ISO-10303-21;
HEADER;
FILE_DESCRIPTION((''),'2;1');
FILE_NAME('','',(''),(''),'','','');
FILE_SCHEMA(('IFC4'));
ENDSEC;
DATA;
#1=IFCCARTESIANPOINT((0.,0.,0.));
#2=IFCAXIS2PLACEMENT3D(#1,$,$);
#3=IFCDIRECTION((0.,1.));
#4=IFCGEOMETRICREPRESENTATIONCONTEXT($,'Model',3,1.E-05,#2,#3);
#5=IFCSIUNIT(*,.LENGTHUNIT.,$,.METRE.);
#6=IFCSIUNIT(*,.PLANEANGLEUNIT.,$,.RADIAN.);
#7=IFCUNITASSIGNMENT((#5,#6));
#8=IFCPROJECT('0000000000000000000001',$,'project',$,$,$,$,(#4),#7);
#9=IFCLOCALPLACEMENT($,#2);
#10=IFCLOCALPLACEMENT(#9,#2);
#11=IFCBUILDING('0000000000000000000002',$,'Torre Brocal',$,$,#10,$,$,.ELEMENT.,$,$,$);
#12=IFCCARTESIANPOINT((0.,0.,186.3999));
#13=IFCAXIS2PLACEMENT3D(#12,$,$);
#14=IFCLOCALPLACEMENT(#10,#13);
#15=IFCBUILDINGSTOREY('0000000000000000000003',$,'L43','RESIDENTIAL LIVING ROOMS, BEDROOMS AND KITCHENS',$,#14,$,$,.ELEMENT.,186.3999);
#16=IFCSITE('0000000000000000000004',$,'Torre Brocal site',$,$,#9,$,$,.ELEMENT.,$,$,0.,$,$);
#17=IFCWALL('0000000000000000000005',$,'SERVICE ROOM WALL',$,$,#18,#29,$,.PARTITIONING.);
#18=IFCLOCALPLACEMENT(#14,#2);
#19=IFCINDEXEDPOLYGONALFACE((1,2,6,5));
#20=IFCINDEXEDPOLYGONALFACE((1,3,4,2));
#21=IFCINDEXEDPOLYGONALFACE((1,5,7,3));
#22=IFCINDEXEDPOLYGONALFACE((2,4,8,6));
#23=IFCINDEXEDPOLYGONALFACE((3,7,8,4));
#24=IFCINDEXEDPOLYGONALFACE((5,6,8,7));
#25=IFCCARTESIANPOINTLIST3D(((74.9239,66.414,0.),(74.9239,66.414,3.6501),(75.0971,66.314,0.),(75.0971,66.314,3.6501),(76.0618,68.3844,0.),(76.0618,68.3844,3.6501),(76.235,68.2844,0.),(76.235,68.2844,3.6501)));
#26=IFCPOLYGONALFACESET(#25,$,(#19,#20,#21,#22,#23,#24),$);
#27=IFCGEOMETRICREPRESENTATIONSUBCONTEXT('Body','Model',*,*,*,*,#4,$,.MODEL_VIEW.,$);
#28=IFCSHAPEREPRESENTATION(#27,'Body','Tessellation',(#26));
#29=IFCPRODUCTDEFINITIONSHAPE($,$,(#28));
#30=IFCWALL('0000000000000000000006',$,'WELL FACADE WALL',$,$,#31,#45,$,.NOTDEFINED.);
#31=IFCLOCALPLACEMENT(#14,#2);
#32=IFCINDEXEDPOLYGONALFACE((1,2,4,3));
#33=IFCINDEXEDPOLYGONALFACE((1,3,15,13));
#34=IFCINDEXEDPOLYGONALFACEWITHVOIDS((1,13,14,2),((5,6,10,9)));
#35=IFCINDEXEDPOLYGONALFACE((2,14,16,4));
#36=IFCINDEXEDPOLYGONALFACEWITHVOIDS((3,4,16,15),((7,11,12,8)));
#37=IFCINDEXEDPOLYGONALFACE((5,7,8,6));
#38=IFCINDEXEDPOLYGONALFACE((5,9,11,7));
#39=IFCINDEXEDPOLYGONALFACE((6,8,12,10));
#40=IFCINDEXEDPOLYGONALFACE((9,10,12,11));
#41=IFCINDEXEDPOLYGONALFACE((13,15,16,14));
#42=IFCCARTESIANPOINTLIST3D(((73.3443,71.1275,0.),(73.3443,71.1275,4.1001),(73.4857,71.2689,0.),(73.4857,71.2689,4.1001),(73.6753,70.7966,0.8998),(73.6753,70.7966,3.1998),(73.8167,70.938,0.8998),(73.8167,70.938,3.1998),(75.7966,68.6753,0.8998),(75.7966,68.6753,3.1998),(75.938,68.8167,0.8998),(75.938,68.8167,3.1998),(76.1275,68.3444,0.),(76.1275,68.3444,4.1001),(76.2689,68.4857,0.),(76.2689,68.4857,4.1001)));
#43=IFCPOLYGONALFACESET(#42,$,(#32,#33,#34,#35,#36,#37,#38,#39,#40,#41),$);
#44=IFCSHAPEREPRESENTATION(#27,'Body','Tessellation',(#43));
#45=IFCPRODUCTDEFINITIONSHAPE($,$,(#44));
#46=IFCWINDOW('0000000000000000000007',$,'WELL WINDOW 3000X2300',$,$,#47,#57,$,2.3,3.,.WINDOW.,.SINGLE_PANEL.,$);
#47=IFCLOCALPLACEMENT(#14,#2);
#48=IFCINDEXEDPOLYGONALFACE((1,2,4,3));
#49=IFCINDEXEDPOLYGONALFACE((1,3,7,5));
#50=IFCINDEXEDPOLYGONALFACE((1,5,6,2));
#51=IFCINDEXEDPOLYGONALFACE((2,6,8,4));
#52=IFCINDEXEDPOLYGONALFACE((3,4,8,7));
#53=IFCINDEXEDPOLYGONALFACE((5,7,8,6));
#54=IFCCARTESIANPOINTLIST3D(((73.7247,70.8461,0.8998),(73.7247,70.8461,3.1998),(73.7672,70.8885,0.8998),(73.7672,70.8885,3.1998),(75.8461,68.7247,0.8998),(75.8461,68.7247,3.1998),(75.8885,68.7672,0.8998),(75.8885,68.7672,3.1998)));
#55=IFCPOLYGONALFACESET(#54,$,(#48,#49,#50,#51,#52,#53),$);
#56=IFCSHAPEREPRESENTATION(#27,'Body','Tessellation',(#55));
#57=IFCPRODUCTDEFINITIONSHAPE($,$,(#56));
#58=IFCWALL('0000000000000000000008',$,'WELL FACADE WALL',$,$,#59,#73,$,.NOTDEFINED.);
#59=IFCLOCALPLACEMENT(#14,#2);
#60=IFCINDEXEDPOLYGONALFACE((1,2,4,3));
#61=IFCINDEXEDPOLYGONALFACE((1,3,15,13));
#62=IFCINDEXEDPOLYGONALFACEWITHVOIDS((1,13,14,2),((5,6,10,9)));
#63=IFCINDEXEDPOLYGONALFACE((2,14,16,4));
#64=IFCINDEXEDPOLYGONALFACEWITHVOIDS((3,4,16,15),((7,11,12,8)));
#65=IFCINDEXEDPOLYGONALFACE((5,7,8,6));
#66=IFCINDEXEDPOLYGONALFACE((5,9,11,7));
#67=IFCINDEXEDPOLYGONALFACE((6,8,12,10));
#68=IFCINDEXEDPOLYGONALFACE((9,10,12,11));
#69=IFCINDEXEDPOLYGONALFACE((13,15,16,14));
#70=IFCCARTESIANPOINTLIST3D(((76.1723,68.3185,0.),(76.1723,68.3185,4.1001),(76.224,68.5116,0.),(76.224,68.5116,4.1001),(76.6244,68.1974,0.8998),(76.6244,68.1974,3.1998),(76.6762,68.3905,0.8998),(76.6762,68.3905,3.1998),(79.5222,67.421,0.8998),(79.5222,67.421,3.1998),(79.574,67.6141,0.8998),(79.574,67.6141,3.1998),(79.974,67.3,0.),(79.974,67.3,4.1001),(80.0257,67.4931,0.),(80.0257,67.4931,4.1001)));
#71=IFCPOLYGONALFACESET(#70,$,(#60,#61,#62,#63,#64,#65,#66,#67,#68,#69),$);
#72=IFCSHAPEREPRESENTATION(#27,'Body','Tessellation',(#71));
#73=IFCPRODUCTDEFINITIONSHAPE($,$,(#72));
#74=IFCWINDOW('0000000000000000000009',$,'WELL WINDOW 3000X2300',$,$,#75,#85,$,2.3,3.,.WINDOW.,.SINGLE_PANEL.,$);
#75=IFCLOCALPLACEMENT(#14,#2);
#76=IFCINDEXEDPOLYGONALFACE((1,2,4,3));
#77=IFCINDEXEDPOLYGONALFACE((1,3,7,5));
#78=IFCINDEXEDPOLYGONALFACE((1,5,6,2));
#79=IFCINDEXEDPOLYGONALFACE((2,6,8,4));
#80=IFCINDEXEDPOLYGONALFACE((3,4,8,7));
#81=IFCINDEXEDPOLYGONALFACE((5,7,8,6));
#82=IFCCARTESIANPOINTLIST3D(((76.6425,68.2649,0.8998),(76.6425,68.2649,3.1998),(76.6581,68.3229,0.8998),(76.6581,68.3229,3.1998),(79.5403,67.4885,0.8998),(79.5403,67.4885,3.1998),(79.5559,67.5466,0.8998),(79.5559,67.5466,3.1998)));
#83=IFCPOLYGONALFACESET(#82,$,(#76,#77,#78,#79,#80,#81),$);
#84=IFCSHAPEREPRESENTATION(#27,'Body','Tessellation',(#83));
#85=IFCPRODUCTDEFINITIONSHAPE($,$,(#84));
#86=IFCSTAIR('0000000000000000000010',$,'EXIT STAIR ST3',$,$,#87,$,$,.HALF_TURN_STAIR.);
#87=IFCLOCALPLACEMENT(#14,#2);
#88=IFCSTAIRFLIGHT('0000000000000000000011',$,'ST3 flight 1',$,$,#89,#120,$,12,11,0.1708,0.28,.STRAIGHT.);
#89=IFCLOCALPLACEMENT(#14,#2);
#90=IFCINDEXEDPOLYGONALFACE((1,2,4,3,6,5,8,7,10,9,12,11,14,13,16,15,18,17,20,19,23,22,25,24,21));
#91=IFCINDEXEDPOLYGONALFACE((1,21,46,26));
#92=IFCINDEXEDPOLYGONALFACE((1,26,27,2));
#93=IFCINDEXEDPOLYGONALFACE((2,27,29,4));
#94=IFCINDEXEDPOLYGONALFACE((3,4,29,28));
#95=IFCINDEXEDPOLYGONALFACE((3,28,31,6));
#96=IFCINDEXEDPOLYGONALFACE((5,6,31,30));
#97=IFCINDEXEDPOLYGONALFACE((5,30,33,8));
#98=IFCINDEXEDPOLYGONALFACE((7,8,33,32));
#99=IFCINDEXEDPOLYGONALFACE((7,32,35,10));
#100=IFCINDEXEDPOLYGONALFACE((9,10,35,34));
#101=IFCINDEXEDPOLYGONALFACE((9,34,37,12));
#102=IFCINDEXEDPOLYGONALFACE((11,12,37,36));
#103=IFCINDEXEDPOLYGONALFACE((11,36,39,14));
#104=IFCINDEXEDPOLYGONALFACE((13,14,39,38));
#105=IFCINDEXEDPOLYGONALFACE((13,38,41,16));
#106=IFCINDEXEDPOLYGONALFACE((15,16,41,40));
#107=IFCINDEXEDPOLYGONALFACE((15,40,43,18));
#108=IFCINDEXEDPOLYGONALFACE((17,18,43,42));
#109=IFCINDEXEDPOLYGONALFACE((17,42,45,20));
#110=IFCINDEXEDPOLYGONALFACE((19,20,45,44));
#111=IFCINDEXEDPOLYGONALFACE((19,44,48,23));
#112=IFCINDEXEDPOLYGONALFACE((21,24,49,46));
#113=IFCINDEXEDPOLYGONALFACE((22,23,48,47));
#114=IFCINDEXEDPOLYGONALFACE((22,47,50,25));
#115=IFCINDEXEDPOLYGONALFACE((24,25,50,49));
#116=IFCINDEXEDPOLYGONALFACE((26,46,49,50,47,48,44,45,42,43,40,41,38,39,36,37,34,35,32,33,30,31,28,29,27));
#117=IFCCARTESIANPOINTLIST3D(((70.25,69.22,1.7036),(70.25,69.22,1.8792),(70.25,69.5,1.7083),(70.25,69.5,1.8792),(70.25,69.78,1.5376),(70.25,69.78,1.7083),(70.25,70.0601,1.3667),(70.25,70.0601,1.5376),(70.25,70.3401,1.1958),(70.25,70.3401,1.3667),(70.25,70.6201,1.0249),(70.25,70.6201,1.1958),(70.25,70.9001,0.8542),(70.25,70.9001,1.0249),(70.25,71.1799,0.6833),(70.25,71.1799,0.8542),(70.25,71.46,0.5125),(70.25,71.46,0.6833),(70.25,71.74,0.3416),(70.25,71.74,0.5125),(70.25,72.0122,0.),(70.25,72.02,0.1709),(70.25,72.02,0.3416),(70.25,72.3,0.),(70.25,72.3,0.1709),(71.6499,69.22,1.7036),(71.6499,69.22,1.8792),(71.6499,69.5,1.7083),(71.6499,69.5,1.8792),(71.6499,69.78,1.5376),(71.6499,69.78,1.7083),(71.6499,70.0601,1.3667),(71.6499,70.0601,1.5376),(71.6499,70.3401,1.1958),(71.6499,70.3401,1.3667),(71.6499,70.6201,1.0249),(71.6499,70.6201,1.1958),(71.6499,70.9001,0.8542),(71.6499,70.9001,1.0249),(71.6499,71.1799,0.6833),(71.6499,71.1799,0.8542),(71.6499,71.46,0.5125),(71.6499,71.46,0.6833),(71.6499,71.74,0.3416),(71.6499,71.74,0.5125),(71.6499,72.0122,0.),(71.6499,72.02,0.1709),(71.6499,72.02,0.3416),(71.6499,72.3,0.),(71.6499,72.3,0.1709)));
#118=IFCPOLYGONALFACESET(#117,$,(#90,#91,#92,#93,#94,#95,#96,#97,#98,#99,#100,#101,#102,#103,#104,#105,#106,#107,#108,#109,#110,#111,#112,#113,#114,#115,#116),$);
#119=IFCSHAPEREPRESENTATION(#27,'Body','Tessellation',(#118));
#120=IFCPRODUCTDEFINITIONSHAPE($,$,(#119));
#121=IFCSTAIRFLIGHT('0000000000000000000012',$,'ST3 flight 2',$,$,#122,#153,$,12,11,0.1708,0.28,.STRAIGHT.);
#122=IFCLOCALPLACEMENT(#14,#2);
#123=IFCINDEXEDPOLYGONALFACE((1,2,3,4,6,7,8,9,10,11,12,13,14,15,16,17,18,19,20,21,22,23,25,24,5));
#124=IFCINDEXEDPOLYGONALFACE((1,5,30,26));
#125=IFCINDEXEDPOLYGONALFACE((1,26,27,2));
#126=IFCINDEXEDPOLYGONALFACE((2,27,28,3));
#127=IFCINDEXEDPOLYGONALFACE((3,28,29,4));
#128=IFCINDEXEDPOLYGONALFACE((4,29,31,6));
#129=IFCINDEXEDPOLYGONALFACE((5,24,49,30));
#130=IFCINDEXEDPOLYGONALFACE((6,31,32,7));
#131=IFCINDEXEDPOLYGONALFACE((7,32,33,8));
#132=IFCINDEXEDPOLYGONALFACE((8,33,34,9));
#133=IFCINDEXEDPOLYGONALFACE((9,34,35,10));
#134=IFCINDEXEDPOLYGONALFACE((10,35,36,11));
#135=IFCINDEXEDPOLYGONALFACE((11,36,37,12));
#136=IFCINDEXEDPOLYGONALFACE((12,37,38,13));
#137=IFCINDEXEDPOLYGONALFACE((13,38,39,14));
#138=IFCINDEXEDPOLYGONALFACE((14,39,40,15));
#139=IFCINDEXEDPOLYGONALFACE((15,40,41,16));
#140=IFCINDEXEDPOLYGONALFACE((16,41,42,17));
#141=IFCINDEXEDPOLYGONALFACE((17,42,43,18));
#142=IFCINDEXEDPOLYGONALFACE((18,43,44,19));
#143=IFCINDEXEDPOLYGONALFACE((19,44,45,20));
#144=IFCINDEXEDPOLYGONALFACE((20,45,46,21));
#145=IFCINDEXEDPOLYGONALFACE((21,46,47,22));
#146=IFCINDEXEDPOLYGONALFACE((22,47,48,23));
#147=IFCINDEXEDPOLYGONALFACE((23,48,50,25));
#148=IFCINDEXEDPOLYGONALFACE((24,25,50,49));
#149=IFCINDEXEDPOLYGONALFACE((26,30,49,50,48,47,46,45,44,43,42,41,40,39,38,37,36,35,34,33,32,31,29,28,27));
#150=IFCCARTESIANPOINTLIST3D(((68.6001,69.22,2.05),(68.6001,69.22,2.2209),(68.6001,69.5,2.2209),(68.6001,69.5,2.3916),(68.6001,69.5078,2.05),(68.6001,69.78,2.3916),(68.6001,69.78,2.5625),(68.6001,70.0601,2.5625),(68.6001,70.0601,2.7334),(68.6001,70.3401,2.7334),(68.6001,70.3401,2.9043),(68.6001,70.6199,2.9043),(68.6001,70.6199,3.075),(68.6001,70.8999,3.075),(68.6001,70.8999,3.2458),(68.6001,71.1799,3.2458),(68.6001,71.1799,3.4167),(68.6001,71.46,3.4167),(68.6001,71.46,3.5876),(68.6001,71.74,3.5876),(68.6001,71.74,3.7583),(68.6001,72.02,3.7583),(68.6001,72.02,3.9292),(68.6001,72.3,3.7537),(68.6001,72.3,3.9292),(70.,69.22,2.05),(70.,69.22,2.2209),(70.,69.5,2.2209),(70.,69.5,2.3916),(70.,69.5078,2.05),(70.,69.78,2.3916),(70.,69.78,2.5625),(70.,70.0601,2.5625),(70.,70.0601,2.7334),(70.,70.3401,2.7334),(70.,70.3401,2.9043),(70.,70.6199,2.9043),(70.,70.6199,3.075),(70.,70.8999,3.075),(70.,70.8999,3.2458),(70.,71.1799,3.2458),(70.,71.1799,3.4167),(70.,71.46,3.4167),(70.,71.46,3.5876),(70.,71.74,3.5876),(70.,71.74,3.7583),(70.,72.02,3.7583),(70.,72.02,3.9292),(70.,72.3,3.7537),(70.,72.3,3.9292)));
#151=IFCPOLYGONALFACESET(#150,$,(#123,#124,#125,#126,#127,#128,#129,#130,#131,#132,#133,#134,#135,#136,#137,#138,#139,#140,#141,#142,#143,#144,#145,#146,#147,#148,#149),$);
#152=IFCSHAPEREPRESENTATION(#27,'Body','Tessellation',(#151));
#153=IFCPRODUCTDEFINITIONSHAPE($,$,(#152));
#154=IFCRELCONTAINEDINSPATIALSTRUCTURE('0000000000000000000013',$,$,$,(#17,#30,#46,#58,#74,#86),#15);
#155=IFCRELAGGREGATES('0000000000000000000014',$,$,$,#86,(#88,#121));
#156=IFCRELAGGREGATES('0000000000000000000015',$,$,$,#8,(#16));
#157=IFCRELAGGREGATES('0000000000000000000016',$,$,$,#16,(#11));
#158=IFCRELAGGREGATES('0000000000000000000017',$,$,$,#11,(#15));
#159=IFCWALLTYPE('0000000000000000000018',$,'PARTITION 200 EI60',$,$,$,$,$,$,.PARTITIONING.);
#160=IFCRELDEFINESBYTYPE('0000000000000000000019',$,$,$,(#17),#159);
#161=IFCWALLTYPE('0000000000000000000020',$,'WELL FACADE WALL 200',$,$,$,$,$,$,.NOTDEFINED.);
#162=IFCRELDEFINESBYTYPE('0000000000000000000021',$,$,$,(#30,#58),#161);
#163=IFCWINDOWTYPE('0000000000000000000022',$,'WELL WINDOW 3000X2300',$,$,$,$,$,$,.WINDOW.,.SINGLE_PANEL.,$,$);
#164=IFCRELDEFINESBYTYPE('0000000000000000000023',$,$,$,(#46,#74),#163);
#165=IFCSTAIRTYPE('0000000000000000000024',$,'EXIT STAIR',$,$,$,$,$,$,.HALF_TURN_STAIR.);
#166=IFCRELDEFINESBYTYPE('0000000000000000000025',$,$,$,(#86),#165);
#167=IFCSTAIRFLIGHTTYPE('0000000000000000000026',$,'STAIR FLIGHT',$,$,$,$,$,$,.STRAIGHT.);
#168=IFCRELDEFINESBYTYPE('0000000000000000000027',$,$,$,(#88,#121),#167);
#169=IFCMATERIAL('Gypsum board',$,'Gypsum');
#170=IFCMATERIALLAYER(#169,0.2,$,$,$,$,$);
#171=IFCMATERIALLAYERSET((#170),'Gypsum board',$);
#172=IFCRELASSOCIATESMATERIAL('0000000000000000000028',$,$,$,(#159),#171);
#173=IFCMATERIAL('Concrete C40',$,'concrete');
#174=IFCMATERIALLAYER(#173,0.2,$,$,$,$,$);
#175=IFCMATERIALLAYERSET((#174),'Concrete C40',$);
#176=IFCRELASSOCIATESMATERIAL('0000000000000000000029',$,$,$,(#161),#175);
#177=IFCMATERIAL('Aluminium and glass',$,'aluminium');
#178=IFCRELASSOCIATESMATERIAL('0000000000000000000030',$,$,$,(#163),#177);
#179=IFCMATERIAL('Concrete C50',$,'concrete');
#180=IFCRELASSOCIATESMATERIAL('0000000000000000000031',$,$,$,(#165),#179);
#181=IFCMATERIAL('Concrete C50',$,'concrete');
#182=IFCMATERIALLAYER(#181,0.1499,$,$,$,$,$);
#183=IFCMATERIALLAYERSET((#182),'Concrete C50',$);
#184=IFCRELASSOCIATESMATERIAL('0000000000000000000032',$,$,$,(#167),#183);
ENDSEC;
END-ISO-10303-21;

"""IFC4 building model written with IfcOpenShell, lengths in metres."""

from ifc_helpers import new_model, si_unit, direction, frame, frame_2d, origin, place, context, subcontext, project, spatial, polyline, rectangle, outline, extrude, material, layer, layer_set, type_object, element, fill, aggregate, save


model = new_model("IFC4")

# Units and contexts
model_context = context("Model", 3, precision=1e-05, world=origin(), true_north=direction((0.0, 1.0)))
body_context = subcontext(model_context, "Body", "Model", "MODEL_VIEW")
ifc_project = project(units=[si_unit("LENGTHUNIT", "METRE"), si_unit("PLANEANGLEUNIT", "RADIAN")], contexts=[model_context])

# Site, building, storey
site_placement = place(None, origin())
site = spatial("IfcSite", under=ifc_project, at=site_placement, Name="Torre Brocal site", CompositionType="ELEMENT", RefElevation=0.0)
building_placement = place(site_placement, origin())
building = spatial("IfcBuilding", under=site, at=building_placement, Name="Torre Brocal", CompositionType="ELEMENT")
storey_placement = place(building_placement, frame((0.0, 0.0, 186.3999)))
storey = spatial("IfcBuildingStorey", under=building, at=storey_placement, Name="L43", Description="RESIDENTIAL LIVING ROOMS, BEDROOMS AND KITCHENS", CompositionType="ELEMENT", Elevation=186.3999)

# Shared definitions
ifc_material_1 = material(Name="Gypsum board", Category="Gypsum")
ifc_layer_1 = layer(ifc_material_1, 0.2)
ifc_layer_set_1 = layer_set([ifc_layer_1], Name="Gypsum board")
wall_type_1 = type_object("IfcWallType", Name="PARTITION 200 EI60", PredefinedType="PARTITIONING", material=ifc_layer_set_1)

# Wall
wall_1_placement = place(storey_placement, frame((75.0105, 66.364, 0.0), z_axis=(0.0, 0.0, 1.0), x_axis=(0.500097, 0.865969, 0.0)))
element("IfcWall", 1, at=wall_1_placement, inside=storey, type_object=wall_type_1, Name="SERVICE ROOM WALL", PredefinedType="PARTITIONING", context=body_context, shape_type="SweptSolid", body=[
    extrude(rectangle(XDim=2.2754, YDim=0.2, at=frame_2d((1.1377, 0.0))), origin(), (0.0, 0.0, 1.0), 3.6501),
])

# Walls, openings, windows
ifc_material_2 = material(Name="Concrete C40", Category="concrete")
ifc_layer_2 = layer(ifc_material_2, 0.2)
ifc_layer_set_2 = layer_set([ifc_layer_2], Name="Concrete C40")
wall_type_2 = type_object("IfcWallType", Name="WELL FACADE WALL 200", PredefinedType="NOTDEFINED", material=ifc_layer_set_2)
wall_2_placement = place(storey_placement, frame((73.415, 71.1982, 0.0), z_axis=(0.0, 0.0, 1.0), x_axis=(0.707107, -0.707107, 0.0)))
wall_2 = element("IfcWall", 2, at=wall_2_placement, inside=storey, type_object=wall_type_2, Name="WELL FACADE WALL", PredefinedType="NOTDEFINED", context=body_context, shape_type="SweptSolid", body=[
    extrude(rectangle(XDim=3.936, YDim=0.2, at=frame_2d((1.968, 0.0))), origin(), (0.0, 0.0, 1.0), 4.1001),
])
opening_1_placement = place(wall_2_placement, frame((0.468, 0.0, 0.8999)))
opening_1 = element("IfcOpeningElement", 3, at=opening_1_placement, cuts=wall_2, PredefinedType="OPENING", context=body_context, shape_type="SweptSolid", body=[
    extrude(rectangle(XDim=3.0, YDim=2.3, at=frame_2d((1.5, 1.1499))), frame((0.0, 0.1099, 0.0), z_axis=(0.0, -1.0, 0.0), x_axis=(1.0, 0.0, 0.0)), (0.0, 0.0, 1.0), 0.22),
])
ifc_material_3 = material(Name="Aluminium and glass", Category="aluminium")
window_type = type_object("IfcWindowType", Name="WELL WINDOW 3000X2300", PartitioningType="SINGLE_PANEL", PredefinedType="WINDOW", material=ifc_material_3)
window_1_placement = place(opening_1_placement, origin())
window_1 = element("IfcWindow", 4, at=window_1_placement, inside=storey, type_object=window_type, Name="WELL WINDOW 3000X2300", OverallHeight=2.3, OverallWidth=3.0, PartitioningType="SINGLE_PANEL", PredefinedType="WINDOW", context=body_context, shape_type="SweptSolid", body=[
    extrude(rectangle(XDim=3.0, YDim=2.3, at=frame_2d((1.5, 1.1499))), frame((0.0, 0.03, 0.0), z_axis=(0.0, -1.0, 0.0), x_axis=(1.0, 0.0, 0.0)), (0.0, 0.0, 1.0), 0.0601),
])
fill(opening_1, window_1)
wall_3_placement = place(storey_placement, frame((76.1982, 68.415, 0.0), z_axis=(0.0, 0.0, 1.0), x_axis=(0.965934, -0.25879, 0.0)))
wall_3 = element("IfcWall", 5, at=wall_3_placement, inside=storey, type_object=wall_type_2, Name="WELL FACADE WALL", PredefinedType="NOTDEFINED", context=body_context, shape_type="SweptSolid", body=[
    extrude(rectangle(XDim=3.9358, YDim=0.2, at=frame_2d((1.9678, 0.0))), origin(), (0.0, 0.0, 1.0), 4.1001),
])
opening_2_placement = place(wall_3_placement, frame((0.468, 0.0, 0.8999)))
opening_2 = element("IfcOpeningElement", 6, at=opening_2_placement, cuts=wall_3, PredefinedType="OPENING", context=body_context, shape_type="SweptSolid", body=[
    extrude(rectangle(XDim=3.0, YDim=2.3, at=frame_2d((1.5, 1.1499))), frame((0.0, 0.1099, 0.0), z_axis=(0.0, -1.0, 0.0), x_axis=(1.0, 0.0, 0.0)), (0.0, 0.0, 1.0), 0.22),
])
window_2_placement = place(opening_2_placement, origin())
window_2 = element("IfcWindow", 7, at=window_2_placement, inside=storey, type_object=window_type, Name="WELL WINDOW 3000X2300", OverallHeight=2.3, OverallWidth=3.0, PartitioningType="SINGLE_PANEL", PredefinedType="WINDOW", context=body_context, shape_type="SweptSolid", body=[
    extrude(rectangle(XDim=3.0, YDim=2.3, at=frame_2d((1.5, 1.1499))), frame((0.0, 0.03, 0.0), z_axis=(0.0, -1.0, 0.0), x_axis=(1.0, 0.0, 0.0)), (0.0, 0.0, 1.0), 0.0601),
])
fill(opening_2, window_2)

# Stair, stair flights
ifc_material_4 = material(Name="Concrete C50", Category="concrete")
stair_type = type_object("IfcStairType", Name="EXIT STAIR", PredefinedType="HALF_TURN_STAIR", material=ifc_material_4)
stair_placement = place(storey_placement, origin())
stair = element("IfcStair", 8, at=stair_placement, inside=storey, type_object=stair_type, Name="EXIT STAIR ST3", PredefinedType="HALF_TURN_STAIR")
ifc_material_5 = material(Name="Concrete C50", Category="concrete")
ifc_layer_3 = layer(ifc_material_5, 0.1499)
ifc_layer_set_3 = layer_set([ifc_layer_3], Name="Concrete C50")
stair_flight_type = type_object("IfcStairFlightType", Name="STAIR FLIGHT", PredefinedType="STRAIGHT", material=ifc_layer_set_3)
stair_flight_1_placement = place(storey_placement, frame((70.95, 72.3, 0.0), z_axis=(0.0, 0.0, 1.0), x_axis=(0.0, -1.0, 0.0)))
stair_flight_1 = element("IfcStairFlight", 9, at=stair_flight_1_placement, type_object=stair_flight_type, Name="ST3 flight 1", NumberOfRisers=12, NumberOfTreads=11, PredefinedType="STRAIGHT", RiserHeight=0.1708, TreadLength=0.28, context=body_context, shape_type="SweptSolid", body=[
    extrude(outline(polyline([(0.0, 0.0), (0.0, 0.1709), (0.28, 0.1709), (0.28, 0.3416), (0.5601, 0.3416), (0.5601, 0.5125), (0.8401, 0.5125), (0.8401, 0.6833), (1.1201, 0.6833), (1.1201, 0.8542), (1.3999, 0.8542), (1.3999, 1.0249), (1.6799, 1.0249), (1.6799, 1.1958), (1.96, 1.1958), (1.96, 1.3667), (2.24, 1.3667), (2.24, 1.5376), (2.52, 1.5376), (2.52, 1.7083), (2.8, 1.7083), (2.8, 1.8792), (3.0801, 1.8792), (3.0801, 2.05), (3.0801, 1.7036), (0.2878, 0.0), (0.0, 0.0)])), frame((0.0, 0.7, 0.0), z_axis=(0.0, -1.0, 0.0), x_axis=(1.0, 0.0, 0.0)), (0.0, 0.0, 1.0), 1.3999),
])
stair_flight_2_placement = place(storey_placement, frame((69.3, 69.22, 2.05), z_axis=(0.0, 0.0, 1.0), x_axis=(0.0, 1.0, 0.0)))
stair_flight_2 = element("IfcStairFlight", 10, at=stair_flight_2_placement, type_object=stair_flight_type, Name="ST3 flight 2", NumberOfRisers=12, NumberOfTreads=11, PredefinedType="STRAIGHT", RiserHeight=0.1708, TreadLength=0.28, context=body_context, shape_type="SweptSolid", body=[
    extrude(outline(polyline([(0.0, 0.0), (0.0, 0.1709), (0.28, 0.1709), (0.28, 0.3416), (0.5601, 0.3416), (0.5601, 0.5125), (0.8401, 0.5125), (0.8401, 0.6833), (1.1201, 0.6833), (1.1201, 0.8542), (1.3999, 0.8542), (1.3999, 1.0249), (1.6799, 1.0249), (1.6799, 1.1958), (1.96, 1.1958), (1.96, 1.3667), (2.24, 1.3667), (2.24, 1.5376), (2.52, 1.5376), (2.52, 1.7083), (2.8, 1.7083), (2.8, 1.8792), (3.0801, 1.8792), (3.0801, 2.05), (3.0801, 1.7036), (0.2878, 0.0), (0.0, 0.0)])), frame((0.0, 0.7, 0.0), z_axis=(0.0, -1.0, 0.0), x_axis=(1.0, 0.0, 0.0)), (0.0, 0.0, 1.0), 1.3999),
])
aggregate(stair, [stair_flight_1, stair_flight_2])

save(model, "model.ifc")
